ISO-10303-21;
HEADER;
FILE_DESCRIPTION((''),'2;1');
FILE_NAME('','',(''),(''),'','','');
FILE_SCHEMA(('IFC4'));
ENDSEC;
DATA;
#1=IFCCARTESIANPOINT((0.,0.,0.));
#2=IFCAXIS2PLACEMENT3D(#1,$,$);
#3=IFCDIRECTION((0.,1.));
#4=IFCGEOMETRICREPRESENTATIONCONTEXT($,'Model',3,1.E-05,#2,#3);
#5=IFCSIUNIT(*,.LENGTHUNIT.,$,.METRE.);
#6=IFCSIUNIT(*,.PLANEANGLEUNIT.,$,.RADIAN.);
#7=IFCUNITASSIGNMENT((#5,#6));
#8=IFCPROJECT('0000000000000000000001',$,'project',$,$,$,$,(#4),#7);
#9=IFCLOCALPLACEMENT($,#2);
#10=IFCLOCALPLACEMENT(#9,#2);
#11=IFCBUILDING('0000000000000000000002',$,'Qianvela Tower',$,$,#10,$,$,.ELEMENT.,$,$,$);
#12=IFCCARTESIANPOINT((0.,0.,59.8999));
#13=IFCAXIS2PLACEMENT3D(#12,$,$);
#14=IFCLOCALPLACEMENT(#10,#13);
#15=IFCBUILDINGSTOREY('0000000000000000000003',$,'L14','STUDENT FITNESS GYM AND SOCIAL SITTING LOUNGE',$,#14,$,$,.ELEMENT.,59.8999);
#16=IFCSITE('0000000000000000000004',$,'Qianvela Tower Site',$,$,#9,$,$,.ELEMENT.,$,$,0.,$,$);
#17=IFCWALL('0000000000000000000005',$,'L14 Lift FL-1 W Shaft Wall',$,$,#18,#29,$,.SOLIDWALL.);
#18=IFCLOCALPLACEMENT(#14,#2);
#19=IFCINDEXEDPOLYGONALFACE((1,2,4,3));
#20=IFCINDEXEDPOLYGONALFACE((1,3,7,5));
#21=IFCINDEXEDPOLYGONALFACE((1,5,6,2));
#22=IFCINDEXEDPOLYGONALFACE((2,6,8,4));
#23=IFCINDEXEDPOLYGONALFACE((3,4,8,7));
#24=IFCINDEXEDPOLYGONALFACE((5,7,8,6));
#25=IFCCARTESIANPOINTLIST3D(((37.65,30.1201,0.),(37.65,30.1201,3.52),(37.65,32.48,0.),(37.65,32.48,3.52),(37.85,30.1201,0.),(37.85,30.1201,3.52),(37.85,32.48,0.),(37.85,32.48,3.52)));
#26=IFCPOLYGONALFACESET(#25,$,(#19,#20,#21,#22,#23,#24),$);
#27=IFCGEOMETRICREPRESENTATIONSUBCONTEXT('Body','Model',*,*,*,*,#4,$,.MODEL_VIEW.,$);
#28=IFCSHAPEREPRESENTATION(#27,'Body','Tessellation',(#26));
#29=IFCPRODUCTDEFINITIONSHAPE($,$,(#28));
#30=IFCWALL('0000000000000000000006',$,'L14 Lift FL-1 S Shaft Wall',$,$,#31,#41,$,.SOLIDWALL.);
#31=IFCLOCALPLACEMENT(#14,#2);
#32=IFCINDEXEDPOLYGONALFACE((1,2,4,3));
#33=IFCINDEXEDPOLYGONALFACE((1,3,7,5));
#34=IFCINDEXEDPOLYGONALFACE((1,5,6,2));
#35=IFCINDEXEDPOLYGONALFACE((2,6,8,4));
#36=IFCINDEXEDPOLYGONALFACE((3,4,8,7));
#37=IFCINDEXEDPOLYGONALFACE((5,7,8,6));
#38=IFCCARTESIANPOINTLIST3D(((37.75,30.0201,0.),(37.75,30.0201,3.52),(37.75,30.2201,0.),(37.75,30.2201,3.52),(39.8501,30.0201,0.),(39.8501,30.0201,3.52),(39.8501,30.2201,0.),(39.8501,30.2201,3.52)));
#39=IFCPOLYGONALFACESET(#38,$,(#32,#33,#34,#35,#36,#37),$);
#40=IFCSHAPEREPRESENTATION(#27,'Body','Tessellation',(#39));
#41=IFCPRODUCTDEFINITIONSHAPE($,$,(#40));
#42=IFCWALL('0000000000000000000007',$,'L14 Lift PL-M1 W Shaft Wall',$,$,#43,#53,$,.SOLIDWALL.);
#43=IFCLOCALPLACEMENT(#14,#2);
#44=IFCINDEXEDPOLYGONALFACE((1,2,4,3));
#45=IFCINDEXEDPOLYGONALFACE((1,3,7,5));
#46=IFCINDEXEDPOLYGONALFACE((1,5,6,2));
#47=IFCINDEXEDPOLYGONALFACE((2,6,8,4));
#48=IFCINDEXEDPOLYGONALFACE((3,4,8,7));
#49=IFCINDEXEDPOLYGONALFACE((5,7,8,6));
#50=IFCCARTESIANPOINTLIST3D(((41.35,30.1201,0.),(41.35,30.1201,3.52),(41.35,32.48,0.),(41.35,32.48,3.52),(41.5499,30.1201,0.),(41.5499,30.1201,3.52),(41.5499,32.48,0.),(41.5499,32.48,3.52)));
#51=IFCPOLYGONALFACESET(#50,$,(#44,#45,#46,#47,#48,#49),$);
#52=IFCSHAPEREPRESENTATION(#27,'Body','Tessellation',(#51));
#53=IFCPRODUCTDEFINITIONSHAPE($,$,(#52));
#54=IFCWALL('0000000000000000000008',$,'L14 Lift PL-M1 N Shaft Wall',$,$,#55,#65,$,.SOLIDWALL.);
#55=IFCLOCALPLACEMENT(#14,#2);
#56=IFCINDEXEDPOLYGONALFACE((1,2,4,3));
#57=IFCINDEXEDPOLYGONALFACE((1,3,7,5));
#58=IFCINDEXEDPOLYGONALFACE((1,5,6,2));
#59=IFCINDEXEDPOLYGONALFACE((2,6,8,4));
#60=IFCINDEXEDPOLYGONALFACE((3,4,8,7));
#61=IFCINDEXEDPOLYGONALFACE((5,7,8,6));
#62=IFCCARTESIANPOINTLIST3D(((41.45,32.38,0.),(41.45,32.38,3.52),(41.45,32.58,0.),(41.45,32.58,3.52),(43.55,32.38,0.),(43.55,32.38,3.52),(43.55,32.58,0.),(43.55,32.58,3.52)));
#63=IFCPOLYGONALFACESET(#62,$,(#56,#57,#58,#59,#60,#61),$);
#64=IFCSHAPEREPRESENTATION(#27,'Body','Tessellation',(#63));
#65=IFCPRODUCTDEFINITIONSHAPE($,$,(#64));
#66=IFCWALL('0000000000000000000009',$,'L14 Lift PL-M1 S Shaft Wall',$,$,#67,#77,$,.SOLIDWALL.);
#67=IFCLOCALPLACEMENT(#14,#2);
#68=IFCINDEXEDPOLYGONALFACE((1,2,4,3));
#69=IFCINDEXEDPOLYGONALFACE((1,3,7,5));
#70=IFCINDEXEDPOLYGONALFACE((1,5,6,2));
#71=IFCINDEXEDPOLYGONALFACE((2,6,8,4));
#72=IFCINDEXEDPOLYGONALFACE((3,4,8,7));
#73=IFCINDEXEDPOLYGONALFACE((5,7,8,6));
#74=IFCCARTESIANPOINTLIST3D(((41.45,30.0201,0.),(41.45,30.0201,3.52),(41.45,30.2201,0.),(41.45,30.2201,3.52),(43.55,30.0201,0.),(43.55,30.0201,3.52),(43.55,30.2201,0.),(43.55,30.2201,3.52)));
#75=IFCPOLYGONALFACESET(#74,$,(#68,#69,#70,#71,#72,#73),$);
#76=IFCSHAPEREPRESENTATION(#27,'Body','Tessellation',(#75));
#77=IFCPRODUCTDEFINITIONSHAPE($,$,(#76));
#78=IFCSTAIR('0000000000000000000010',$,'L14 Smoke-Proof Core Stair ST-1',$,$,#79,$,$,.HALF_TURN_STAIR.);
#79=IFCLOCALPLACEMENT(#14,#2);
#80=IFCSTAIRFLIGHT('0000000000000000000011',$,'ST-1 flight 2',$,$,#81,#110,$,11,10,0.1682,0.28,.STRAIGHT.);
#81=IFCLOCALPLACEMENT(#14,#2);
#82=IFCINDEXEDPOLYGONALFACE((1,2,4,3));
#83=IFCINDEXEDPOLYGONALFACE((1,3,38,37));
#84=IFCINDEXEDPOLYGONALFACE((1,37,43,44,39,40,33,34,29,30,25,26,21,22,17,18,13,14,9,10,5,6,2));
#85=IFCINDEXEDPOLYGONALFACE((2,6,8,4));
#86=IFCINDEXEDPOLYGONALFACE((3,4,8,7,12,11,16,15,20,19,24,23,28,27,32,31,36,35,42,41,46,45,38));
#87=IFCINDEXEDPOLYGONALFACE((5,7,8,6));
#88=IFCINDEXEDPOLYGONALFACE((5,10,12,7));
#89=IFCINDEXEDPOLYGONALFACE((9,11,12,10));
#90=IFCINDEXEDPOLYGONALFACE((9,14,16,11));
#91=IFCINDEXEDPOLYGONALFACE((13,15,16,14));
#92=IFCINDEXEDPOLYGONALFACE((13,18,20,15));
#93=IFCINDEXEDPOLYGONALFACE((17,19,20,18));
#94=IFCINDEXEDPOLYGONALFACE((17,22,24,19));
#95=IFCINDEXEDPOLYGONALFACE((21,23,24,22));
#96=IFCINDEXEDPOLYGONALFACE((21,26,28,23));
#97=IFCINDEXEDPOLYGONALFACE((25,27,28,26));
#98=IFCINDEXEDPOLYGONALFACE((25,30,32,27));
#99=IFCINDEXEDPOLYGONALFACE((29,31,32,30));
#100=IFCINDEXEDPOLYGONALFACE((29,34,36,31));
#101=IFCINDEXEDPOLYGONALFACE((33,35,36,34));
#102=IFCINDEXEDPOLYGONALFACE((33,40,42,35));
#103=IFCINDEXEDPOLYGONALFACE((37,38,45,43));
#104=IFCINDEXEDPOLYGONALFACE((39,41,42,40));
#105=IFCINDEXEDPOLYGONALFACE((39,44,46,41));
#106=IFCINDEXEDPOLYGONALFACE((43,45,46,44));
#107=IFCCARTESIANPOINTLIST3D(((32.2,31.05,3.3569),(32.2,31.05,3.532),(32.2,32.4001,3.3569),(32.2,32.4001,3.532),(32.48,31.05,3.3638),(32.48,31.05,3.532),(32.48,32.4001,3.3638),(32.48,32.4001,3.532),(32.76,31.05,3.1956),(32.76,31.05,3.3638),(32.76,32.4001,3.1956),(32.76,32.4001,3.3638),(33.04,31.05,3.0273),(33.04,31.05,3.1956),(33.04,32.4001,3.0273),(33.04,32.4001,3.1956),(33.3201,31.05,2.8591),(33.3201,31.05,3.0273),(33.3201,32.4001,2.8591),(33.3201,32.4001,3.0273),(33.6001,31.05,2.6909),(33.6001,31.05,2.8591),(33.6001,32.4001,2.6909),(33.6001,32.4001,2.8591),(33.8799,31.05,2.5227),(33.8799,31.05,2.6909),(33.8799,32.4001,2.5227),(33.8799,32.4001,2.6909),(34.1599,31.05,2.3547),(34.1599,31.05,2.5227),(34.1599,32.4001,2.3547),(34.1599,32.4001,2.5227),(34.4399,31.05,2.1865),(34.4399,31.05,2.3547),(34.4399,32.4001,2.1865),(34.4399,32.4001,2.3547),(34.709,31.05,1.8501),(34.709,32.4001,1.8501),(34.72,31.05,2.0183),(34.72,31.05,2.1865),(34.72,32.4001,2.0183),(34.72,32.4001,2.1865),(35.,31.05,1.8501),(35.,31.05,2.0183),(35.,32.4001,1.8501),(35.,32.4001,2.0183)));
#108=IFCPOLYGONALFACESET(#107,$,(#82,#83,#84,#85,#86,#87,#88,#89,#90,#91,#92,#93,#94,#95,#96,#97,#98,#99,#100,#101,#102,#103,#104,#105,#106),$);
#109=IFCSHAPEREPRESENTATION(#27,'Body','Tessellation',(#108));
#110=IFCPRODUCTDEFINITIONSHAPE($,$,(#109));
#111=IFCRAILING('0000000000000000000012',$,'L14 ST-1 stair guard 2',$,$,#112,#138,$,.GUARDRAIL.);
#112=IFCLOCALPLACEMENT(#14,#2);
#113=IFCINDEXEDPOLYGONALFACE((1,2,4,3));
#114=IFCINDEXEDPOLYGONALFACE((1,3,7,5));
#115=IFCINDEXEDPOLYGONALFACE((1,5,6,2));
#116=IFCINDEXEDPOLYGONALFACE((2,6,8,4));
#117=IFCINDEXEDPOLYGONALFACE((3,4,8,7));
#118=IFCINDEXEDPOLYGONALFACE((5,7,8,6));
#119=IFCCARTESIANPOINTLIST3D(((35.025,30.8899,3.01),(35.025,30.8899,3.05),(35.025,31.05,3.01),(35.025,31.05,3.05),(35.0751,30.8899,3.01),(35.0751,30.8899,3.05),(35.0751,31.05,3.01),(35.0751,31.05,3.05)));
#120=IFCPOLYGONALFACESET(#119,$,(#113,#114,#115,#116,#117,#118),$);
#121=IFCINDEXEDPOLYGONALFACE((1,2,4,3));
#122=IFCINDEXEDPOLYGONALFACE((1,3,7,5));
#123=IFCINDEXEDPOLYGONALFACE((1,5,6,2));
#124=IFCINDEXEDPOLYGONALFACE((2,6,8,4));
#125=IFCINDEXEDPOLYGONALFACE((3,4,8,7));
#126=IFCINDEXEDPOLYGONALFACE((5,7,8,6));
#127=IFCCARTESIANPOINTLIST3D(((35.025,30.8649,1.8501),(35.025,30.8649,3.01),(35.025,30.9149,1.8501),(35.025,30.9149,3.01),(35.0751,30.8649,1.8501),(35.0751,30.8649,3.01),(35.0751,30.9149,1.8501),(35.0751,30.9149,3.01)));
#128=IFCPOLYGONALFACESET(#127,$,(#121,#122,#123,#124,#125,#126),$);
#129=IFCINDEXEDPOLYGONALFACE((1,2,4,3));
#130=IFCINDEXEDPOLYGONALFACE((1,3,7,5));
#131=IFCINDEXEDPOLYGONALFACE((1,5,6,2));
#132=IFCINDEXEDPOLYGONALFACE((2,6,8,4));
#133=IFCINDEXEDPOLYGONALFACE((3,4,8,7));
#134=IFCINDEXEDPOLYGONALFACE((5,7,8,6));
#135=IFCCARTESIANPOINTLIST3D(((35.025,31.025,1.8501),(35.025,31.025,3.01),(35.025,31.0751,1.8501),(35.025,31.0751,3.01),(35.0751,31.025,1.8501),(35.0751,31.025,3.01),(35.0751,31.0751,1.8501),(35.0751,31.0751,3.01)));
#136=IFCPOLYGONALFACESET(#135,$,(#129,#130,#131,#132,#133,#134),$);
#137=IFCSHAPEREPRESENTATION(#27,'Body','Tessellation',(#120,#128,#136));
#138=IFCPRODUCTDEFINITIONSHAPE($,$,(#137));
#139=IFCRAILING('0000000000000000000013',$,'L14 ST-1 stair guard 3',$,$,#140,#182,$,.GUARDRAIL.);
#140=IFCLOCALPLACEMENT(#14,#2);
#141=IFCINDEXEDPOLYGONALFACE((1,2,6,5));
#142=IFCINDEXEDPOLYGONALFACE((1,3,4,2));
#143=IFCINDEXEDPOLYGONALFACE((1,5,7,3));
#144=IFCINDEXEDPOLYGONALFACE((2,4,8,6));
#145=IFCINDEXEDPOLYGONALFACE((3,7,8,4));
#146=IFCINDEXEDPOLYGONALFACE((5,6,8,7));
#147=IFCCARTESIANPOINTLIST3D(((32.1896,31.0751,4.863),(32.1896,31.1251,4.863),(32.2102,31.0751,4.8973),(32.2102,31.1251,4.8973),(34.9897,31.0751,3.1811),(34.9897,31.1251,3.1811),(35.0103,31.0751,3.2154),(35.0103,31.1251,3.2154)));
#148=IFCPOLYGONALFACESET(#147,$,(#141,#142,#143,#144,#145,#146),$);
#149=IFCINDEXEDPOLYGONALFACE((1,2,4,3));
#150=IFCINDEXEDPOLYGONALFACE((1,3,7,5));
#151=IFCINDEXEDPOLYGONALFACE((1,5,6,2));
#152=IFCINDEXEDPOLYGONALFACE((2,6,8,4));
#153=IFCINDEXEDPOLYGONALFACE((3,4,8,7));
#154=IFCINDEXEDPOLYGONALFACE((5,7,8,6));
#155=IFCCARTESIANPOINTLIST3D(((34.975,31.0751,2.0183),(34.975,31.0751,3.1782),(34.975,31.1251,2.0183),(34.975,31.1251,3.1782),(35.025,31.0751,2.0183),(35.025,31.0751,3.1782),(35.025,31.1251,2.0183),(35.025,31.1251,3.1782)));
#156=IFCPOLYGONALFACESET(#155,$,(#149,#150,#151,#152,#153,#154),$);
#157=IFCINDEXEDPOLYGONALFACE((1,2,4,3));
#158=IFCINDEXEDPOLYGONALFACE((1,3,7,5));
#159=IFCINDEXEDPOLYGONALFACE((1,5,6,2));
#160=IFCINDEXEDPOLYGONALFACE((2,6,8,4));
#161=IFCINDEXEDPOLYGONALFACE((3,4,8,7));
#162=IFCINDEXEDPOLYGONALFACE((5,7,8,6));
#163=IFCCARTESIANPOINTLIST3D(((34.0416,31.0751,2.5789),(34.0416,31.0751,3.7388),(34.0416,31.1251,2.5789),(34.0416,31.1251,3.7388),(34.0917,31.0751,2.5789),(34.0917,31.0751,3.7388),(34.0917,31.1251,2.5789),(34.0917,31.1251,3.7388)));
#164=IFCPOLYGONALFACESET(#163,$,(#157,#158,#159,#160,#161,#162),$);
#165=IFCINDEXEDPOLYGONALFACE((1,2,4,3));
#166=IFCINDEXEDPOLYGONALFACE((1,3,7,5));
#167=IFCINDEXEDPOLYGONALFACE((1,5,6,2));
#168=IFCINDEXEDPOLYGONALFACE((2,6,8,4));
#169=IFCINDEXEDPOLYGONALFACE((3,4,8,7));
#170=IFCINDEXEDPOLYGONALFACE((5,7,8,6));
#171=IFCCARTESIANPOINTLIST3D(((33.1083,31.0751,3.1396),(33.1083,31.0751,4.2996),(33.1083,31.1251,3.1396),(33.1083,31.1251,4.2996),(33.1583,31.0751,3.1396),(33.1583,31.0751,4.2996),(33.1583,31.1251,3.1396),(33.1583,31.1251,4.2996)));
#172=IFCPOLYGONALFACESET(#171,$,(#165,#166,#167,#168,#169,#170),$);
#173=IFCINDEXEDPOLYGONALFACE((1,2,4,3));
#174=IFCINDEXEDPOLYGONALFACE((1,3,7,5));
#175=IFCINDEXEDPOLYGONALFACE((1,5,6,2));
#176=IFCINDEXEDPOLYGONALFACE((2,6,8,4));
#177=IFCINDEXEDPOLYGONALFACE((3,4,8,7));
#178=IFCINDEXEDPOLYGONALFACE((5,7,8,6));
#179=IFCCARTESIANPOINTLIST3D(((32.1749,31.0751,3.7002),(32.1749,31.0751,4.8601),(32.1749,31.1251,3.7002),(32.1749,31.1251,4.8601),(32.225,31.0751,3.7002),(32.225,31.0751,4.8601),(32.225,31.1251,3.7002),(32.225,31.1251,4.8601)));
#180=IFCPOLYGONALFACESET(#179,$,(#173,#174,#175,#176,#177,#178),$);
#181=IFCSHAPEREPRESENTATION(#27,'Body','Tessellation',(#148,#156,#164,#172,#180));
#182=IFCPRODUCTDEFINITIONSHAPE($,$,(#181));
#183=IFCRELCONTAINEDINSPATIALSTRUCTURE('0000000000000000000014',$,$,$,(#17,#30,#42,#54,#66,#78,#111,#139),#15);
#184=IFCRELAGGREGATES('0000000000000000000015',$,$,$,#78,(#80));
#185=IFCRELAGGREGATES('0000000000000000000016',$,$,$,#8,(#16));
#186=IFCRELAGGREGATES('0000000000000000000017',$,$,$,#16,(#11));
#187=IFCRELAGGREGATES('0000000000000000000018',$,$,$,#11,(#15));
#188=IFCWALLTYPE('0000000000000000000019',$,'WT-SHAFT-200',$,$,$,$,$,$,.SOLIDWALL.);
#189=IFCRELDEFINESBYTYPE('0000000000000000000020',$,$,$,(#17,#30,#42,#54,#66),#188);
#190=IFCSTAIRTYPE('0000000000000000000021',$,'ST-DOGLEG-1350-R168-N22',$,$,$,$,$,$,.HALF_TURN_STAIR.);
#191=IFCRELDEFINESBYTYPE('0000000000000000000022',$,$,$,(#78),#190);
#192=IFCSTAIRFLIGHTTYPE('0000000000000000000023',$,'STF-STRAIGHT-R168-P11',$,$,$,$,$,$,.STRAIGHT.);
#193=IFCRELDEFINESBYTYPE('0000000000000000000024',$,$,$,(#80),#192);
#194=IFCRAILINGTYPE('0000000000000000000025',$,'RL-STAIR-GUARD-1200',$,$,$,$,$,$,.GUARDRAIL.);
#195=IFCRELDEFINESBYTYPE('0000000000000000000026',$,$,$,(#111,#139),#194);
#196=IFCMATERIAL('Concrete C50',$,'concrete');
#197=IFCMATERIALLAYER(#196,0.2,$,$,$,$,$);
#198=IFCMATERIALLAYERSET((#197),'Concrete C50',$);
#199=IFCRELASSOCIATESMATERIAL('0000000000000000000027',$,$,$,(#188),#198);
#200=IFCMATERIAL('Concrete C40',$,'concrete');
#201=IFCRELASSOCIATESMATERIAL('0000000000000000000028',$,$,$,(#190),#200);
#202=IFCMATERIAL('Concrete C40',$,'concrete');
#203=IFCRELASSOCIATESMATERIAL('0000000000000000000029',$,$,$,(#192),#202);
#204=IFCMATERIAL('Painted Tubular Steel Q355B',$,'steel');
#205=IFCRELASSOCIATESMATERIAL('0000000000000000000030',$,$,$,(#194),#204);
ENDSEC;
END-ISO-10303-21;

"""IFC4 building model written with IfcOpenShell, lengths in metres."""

from ifc_helpers import new_model, si_unit, direction, frame, frame_2d, origin, origin_2d, place, context, subcontext, project, spatial, polyline, rectangle, outline, extrude, material, layer, layer_set, type_object, element, aggregate, save


model = new_model("IFC4")

# Units and contexts
model_context = context("Model", 3, precision=1e-05, world=origin(), true_north=direction((0.0, 1.0)))
body_context = subcontext(model_context, "Body", "Model", "MODEL_VIEW")
ifc_project = project(units=[si_unit("LENGTHUNIT", "METRE"), si_unit("PLANEANGLEUNIT", "RADIAN")], contexts=[model_context])

# Site, building, storey
site_placement = place(None, origin())
site = spatial("IfcSite", under=ifc_project, at=site_placement, Name="Qianvela Tower Site", CompositionType="ELEMENT", RefElevation=0.0)
building_placement = place(site_placement, origin())
building = spatial("IfcBuilding", under=site, at=building_placement, Name="Qianvela Tower", CompositionType="ELEMENT")
storey_placement = place(building_placement, frame((0.0, 0.0, 59.8999)))
storey = spatial("IfcBuildingStorey", under=building, at=storey_placement, Name="L14", Description="STUDENT FITNESS GYM AND SOCIAL SITTING LOUNGE", CompositionType="ELEMENT", Elevation=59.8999)

# Shared definitions
ifc_material_1 = material(Name="Concrete C50", Category="concrete")
ifc_layer_1 = layer(ifc_material_1, 0.2)
ifc_layer_set_1 = layer_set([ifc_layer_1], Name="Concrete C50")
wall_type_1 = type_object("IfcWallType", Name="WT-SHAFT-200", PredefinedType="SOLIDWALL", material=ifc_layer_set_1)

# Walls
wall_1_placement = place(storey_placement, frame((37.75, 30.1201, 0.0), z_axis=(0.0, 0.0, 1.0), x_axis=(0.0, 1.0, 0.0)))
element("IfcWall", 1, at=wall_1_placement, inside=storey, type_object=wall_type_1, Name="L14 Lift FL-1 W Shaft Wall", PredefinedType="SOLIDWALL", context=body_context, shape_type="SweptSolid", body=[
    extrude(rectangle(XDim=2.3599, YDim=0.2, at=frame_2d((1.1799, 0.0))), origin(), (0.0, 0.0, 1.0), 3.52),
])
wall_2_placement = place(storey_placement, frame((37.75, 30.1201, 0.0), z_axis=(0.0, 0.0, 1.0), x_axis=(1.0, 0.0, 0.0)))
element("IfcWall", 2, at=wall_2_placement, inside=storey, type_object=wall_type_1, Name="L14 Lift FL-1 S Shaft Wall", PredefinedType="SOLIDWALL", context=body_context, shape_type="SweptSolid", body=[
    extrude(rectangle(XDim=2.1001, YDim=0.2, at=frame_2d((1.05, 0.0))), origin(), (0.0, 0.0, 1.0), 3.52),
])
wall_3_placement = place(storey_placement, frame((41.45, 30.1201, 0.0), z_axis=(0.0, 0.0, 1.0), x_axis=(0.0, 1.0, 0.0)))
element("IfcWall", 3, at=wall_3_placement, inside=storey, type_object=wall_type_1, Name="L14 Lift PL-M1 W Shaft Wall", PredefinedType="SOLIDWALL", context=body_context, shape_type="SweptSolid", body=[
    extrude(rectangle(XDim=2.3599, YDim=0.2, at=frame_2d((1.1799, 0.0))), origin(), (0.0, 0.0, 1.0), 3.52),
])
for number, where, z_axis, x_axis, name in (
    (4, (41.45, 32.48, 0.0), (0.0, 0.0, 1.0), (1.0, 0.0, 0.0), "L14 Lift PL-M1 N Shaft Wall"),
    (5, (41.45, 30.1201, 0.0), (0.0, 0.0, 1.0), (1.0, 0.0, 0.0), "L14 Lift PL-M1 S Shaft Wall"),
):
    element("IfcWall", number, at=place(storey_placement, frame(where, z_axis=z_axis, x_axis=x_axis)), inside=storey, type_object=wall_type_1, Name=name, PredefinedType="SOLIDWALL", context=body_context, shape_type="SweptSolid", body=[
        extrude(rectangle(XDim=2.1001, YDim=0.2, at=frame_2d((1.05, 0.0))), origin(), (0.0, 0.0, 1.0), 3.52),
    ])

# Stair, stair flight
ifc_material_2 = material(Name="Concrete C40", Category="concrete")
stair_type = type_object("IfcStairType", Name="ST-DOGLEG-1350-R168-N22", PredefinedType="HALF_TURN_STAIR", material=ifc_material_2)
stair_placement = place(storey_placement, origin())
stair = element("IfcStair", 6, at=stair_placement, inside=storey, type_object=stair_type, Name="L14 Smoke-Proof Core Stair ST-1", PredefinedType="HALF_TURN_STAIR")
ifc_material_3 = material(Name="Concrete C40", Category="concrete")
stair_flight_type = type_object("IfcStairFlightType", Name="STF-STRAIGHT-R168-P11", PredefinedType="STRAIGHT", material=ifc_material_3)
stair_flight_placement = place(storey_placement, frame((35.0, 31.7251, 1.8501), z_axis=(0.0, 0.0, 1.0), x_axis=(-1.0, 0.0, 0.0)))
stair_flight = element("IfcStairFlight", 7, at=stair_flight_placement, type_object=stair_flight_type, Name="ST-1 flight 2", NumberOfRisers=11, NumberOfTreads=10, PredefinedType="STRAIGHT", RiserHeight=0.1682, TreadLength=0.28, context=body_context, shape_type="SweptSolid", body=[
    extrude(outline(polyline([(0.0, 0.0), (0.0, 0.1682), (0.28, 0.1682), (0.28, 0.3364), (0.5601, 0.3364), (0.5601, 0.5046), (0.8401, 0.5046), (0.8401, 0.6726), (1.1201, 0.6726), (1.1201, 0.8408), (1.3999, 0.8408), (1.3999, 1.009), (1.6799, 1.009), (1.6799, 1.1772), (1.96, 1.1772), (1.96, 1.3455), (2.24, 1.3455), (2.24, 1.5137), (2.52, 1.5137), (2.52, 1.6819), (2.8, 1.6819), (2.8, 1.8501), (2.8, 1.5068), (0.291, 0.0), (0.0, 0.0)])), frame((0.0, 0.675, 0.0), z_axis=(0.0, -1.0, 0.0), x_axis=(1.0, 0.0, 0.0)), (0.0, 0.0, 1.0), 1.3501),
])
aggregate(stair, [stair_flight])

# Railings
ifc_material_4 = material(Name="Painted Tubular Steel Q355B", Category="steel")
railing_type_1 = type_object("IfcRailingType", Name="RL-STAIR-GUARD-1200", PredefinedType="GUARDRAIL", material=ifc_material_4)
railing_1_placement = place(storey_placement, frame((35.05, 30.8899, 1.8501)))
element("IfcRailing", 8, at=railing_1_placement, inside=storey, type_object=railing_type_1, Name="L14 ST-1 stair guard 2", PredefinedType="GUARDRAIL", context=body_context, shape_type="SweptSolid", body=[
    extrude(rectangle(XDim=0.05, YDim=0.04, at=origin_2d()), frame((0.0, 0.0, 1.1799), z_axis=(0.0, 1.0, 0.0), x_axis=(-1.0, 0.0, 0.0)), (0.0, 0.0, 1.0), 0.1602),
    extrude(rectangle(XDim=0.05, YDim=0.05, at=origin_2d()), origin(), (0.0, 0.0, 1.0), 1.1599),
    extrude(rectangle(XDim=0.05, YDim=0.05, at=origin_2d()), frame((0.0, 0.1602, 0.0)), (0.0, 0.0, 1.0), 1.1599),
])
railing_2_placement = place(storey_placement, frame((35.0, 31.1001, 2.0183)))
element("IfcRailing", 9, at=railing_2_placement, inside=storey, type_object=railing_type_1, Name="L14 ST-1 stair guard 3", PredefinedType="GUARDRAIL", context=body_context, shape_type="SweptSolid", body=[
    extrude(rectangle(XDim=0.05, YDim=0.04, at=origin_2d()), frame((0.0, 0.0, 1.1799), z_axis=(-0.857242, 0.0, 0.514913), x_axis=(0.0, -1.0, 0.0)), (0.0, 0.0, 1.0), 3.2664),
    extrude(rectangle(XDim=0.05, YDim=0.05, at=origin_2d()), origin(), (0.0, 0.0, 1.0), 1.1599),
    extrude(rectangle(XDim=0.05, YDim=0.05, at=origin_2d()), frame((-0.9333, 0.0, 0.5605)), (0.0, 0.0, 1.0), 1.1599),
    extrude(rectangle(XDim=0.05, YDim=0.05, at=origin_2d()), frame((-1.8667, 0.0, 1.1213)), (0.0, 0.0, 1.0), 1.1599),
    extrude(rectangle(XDim=0.05, YDim=0.05, at=origin_2d()), frame((-2.8, 0.0, 1.6819)), (0.0, 0.0, 1.0), 1.1599),
])

save(model, "model.ifc")
